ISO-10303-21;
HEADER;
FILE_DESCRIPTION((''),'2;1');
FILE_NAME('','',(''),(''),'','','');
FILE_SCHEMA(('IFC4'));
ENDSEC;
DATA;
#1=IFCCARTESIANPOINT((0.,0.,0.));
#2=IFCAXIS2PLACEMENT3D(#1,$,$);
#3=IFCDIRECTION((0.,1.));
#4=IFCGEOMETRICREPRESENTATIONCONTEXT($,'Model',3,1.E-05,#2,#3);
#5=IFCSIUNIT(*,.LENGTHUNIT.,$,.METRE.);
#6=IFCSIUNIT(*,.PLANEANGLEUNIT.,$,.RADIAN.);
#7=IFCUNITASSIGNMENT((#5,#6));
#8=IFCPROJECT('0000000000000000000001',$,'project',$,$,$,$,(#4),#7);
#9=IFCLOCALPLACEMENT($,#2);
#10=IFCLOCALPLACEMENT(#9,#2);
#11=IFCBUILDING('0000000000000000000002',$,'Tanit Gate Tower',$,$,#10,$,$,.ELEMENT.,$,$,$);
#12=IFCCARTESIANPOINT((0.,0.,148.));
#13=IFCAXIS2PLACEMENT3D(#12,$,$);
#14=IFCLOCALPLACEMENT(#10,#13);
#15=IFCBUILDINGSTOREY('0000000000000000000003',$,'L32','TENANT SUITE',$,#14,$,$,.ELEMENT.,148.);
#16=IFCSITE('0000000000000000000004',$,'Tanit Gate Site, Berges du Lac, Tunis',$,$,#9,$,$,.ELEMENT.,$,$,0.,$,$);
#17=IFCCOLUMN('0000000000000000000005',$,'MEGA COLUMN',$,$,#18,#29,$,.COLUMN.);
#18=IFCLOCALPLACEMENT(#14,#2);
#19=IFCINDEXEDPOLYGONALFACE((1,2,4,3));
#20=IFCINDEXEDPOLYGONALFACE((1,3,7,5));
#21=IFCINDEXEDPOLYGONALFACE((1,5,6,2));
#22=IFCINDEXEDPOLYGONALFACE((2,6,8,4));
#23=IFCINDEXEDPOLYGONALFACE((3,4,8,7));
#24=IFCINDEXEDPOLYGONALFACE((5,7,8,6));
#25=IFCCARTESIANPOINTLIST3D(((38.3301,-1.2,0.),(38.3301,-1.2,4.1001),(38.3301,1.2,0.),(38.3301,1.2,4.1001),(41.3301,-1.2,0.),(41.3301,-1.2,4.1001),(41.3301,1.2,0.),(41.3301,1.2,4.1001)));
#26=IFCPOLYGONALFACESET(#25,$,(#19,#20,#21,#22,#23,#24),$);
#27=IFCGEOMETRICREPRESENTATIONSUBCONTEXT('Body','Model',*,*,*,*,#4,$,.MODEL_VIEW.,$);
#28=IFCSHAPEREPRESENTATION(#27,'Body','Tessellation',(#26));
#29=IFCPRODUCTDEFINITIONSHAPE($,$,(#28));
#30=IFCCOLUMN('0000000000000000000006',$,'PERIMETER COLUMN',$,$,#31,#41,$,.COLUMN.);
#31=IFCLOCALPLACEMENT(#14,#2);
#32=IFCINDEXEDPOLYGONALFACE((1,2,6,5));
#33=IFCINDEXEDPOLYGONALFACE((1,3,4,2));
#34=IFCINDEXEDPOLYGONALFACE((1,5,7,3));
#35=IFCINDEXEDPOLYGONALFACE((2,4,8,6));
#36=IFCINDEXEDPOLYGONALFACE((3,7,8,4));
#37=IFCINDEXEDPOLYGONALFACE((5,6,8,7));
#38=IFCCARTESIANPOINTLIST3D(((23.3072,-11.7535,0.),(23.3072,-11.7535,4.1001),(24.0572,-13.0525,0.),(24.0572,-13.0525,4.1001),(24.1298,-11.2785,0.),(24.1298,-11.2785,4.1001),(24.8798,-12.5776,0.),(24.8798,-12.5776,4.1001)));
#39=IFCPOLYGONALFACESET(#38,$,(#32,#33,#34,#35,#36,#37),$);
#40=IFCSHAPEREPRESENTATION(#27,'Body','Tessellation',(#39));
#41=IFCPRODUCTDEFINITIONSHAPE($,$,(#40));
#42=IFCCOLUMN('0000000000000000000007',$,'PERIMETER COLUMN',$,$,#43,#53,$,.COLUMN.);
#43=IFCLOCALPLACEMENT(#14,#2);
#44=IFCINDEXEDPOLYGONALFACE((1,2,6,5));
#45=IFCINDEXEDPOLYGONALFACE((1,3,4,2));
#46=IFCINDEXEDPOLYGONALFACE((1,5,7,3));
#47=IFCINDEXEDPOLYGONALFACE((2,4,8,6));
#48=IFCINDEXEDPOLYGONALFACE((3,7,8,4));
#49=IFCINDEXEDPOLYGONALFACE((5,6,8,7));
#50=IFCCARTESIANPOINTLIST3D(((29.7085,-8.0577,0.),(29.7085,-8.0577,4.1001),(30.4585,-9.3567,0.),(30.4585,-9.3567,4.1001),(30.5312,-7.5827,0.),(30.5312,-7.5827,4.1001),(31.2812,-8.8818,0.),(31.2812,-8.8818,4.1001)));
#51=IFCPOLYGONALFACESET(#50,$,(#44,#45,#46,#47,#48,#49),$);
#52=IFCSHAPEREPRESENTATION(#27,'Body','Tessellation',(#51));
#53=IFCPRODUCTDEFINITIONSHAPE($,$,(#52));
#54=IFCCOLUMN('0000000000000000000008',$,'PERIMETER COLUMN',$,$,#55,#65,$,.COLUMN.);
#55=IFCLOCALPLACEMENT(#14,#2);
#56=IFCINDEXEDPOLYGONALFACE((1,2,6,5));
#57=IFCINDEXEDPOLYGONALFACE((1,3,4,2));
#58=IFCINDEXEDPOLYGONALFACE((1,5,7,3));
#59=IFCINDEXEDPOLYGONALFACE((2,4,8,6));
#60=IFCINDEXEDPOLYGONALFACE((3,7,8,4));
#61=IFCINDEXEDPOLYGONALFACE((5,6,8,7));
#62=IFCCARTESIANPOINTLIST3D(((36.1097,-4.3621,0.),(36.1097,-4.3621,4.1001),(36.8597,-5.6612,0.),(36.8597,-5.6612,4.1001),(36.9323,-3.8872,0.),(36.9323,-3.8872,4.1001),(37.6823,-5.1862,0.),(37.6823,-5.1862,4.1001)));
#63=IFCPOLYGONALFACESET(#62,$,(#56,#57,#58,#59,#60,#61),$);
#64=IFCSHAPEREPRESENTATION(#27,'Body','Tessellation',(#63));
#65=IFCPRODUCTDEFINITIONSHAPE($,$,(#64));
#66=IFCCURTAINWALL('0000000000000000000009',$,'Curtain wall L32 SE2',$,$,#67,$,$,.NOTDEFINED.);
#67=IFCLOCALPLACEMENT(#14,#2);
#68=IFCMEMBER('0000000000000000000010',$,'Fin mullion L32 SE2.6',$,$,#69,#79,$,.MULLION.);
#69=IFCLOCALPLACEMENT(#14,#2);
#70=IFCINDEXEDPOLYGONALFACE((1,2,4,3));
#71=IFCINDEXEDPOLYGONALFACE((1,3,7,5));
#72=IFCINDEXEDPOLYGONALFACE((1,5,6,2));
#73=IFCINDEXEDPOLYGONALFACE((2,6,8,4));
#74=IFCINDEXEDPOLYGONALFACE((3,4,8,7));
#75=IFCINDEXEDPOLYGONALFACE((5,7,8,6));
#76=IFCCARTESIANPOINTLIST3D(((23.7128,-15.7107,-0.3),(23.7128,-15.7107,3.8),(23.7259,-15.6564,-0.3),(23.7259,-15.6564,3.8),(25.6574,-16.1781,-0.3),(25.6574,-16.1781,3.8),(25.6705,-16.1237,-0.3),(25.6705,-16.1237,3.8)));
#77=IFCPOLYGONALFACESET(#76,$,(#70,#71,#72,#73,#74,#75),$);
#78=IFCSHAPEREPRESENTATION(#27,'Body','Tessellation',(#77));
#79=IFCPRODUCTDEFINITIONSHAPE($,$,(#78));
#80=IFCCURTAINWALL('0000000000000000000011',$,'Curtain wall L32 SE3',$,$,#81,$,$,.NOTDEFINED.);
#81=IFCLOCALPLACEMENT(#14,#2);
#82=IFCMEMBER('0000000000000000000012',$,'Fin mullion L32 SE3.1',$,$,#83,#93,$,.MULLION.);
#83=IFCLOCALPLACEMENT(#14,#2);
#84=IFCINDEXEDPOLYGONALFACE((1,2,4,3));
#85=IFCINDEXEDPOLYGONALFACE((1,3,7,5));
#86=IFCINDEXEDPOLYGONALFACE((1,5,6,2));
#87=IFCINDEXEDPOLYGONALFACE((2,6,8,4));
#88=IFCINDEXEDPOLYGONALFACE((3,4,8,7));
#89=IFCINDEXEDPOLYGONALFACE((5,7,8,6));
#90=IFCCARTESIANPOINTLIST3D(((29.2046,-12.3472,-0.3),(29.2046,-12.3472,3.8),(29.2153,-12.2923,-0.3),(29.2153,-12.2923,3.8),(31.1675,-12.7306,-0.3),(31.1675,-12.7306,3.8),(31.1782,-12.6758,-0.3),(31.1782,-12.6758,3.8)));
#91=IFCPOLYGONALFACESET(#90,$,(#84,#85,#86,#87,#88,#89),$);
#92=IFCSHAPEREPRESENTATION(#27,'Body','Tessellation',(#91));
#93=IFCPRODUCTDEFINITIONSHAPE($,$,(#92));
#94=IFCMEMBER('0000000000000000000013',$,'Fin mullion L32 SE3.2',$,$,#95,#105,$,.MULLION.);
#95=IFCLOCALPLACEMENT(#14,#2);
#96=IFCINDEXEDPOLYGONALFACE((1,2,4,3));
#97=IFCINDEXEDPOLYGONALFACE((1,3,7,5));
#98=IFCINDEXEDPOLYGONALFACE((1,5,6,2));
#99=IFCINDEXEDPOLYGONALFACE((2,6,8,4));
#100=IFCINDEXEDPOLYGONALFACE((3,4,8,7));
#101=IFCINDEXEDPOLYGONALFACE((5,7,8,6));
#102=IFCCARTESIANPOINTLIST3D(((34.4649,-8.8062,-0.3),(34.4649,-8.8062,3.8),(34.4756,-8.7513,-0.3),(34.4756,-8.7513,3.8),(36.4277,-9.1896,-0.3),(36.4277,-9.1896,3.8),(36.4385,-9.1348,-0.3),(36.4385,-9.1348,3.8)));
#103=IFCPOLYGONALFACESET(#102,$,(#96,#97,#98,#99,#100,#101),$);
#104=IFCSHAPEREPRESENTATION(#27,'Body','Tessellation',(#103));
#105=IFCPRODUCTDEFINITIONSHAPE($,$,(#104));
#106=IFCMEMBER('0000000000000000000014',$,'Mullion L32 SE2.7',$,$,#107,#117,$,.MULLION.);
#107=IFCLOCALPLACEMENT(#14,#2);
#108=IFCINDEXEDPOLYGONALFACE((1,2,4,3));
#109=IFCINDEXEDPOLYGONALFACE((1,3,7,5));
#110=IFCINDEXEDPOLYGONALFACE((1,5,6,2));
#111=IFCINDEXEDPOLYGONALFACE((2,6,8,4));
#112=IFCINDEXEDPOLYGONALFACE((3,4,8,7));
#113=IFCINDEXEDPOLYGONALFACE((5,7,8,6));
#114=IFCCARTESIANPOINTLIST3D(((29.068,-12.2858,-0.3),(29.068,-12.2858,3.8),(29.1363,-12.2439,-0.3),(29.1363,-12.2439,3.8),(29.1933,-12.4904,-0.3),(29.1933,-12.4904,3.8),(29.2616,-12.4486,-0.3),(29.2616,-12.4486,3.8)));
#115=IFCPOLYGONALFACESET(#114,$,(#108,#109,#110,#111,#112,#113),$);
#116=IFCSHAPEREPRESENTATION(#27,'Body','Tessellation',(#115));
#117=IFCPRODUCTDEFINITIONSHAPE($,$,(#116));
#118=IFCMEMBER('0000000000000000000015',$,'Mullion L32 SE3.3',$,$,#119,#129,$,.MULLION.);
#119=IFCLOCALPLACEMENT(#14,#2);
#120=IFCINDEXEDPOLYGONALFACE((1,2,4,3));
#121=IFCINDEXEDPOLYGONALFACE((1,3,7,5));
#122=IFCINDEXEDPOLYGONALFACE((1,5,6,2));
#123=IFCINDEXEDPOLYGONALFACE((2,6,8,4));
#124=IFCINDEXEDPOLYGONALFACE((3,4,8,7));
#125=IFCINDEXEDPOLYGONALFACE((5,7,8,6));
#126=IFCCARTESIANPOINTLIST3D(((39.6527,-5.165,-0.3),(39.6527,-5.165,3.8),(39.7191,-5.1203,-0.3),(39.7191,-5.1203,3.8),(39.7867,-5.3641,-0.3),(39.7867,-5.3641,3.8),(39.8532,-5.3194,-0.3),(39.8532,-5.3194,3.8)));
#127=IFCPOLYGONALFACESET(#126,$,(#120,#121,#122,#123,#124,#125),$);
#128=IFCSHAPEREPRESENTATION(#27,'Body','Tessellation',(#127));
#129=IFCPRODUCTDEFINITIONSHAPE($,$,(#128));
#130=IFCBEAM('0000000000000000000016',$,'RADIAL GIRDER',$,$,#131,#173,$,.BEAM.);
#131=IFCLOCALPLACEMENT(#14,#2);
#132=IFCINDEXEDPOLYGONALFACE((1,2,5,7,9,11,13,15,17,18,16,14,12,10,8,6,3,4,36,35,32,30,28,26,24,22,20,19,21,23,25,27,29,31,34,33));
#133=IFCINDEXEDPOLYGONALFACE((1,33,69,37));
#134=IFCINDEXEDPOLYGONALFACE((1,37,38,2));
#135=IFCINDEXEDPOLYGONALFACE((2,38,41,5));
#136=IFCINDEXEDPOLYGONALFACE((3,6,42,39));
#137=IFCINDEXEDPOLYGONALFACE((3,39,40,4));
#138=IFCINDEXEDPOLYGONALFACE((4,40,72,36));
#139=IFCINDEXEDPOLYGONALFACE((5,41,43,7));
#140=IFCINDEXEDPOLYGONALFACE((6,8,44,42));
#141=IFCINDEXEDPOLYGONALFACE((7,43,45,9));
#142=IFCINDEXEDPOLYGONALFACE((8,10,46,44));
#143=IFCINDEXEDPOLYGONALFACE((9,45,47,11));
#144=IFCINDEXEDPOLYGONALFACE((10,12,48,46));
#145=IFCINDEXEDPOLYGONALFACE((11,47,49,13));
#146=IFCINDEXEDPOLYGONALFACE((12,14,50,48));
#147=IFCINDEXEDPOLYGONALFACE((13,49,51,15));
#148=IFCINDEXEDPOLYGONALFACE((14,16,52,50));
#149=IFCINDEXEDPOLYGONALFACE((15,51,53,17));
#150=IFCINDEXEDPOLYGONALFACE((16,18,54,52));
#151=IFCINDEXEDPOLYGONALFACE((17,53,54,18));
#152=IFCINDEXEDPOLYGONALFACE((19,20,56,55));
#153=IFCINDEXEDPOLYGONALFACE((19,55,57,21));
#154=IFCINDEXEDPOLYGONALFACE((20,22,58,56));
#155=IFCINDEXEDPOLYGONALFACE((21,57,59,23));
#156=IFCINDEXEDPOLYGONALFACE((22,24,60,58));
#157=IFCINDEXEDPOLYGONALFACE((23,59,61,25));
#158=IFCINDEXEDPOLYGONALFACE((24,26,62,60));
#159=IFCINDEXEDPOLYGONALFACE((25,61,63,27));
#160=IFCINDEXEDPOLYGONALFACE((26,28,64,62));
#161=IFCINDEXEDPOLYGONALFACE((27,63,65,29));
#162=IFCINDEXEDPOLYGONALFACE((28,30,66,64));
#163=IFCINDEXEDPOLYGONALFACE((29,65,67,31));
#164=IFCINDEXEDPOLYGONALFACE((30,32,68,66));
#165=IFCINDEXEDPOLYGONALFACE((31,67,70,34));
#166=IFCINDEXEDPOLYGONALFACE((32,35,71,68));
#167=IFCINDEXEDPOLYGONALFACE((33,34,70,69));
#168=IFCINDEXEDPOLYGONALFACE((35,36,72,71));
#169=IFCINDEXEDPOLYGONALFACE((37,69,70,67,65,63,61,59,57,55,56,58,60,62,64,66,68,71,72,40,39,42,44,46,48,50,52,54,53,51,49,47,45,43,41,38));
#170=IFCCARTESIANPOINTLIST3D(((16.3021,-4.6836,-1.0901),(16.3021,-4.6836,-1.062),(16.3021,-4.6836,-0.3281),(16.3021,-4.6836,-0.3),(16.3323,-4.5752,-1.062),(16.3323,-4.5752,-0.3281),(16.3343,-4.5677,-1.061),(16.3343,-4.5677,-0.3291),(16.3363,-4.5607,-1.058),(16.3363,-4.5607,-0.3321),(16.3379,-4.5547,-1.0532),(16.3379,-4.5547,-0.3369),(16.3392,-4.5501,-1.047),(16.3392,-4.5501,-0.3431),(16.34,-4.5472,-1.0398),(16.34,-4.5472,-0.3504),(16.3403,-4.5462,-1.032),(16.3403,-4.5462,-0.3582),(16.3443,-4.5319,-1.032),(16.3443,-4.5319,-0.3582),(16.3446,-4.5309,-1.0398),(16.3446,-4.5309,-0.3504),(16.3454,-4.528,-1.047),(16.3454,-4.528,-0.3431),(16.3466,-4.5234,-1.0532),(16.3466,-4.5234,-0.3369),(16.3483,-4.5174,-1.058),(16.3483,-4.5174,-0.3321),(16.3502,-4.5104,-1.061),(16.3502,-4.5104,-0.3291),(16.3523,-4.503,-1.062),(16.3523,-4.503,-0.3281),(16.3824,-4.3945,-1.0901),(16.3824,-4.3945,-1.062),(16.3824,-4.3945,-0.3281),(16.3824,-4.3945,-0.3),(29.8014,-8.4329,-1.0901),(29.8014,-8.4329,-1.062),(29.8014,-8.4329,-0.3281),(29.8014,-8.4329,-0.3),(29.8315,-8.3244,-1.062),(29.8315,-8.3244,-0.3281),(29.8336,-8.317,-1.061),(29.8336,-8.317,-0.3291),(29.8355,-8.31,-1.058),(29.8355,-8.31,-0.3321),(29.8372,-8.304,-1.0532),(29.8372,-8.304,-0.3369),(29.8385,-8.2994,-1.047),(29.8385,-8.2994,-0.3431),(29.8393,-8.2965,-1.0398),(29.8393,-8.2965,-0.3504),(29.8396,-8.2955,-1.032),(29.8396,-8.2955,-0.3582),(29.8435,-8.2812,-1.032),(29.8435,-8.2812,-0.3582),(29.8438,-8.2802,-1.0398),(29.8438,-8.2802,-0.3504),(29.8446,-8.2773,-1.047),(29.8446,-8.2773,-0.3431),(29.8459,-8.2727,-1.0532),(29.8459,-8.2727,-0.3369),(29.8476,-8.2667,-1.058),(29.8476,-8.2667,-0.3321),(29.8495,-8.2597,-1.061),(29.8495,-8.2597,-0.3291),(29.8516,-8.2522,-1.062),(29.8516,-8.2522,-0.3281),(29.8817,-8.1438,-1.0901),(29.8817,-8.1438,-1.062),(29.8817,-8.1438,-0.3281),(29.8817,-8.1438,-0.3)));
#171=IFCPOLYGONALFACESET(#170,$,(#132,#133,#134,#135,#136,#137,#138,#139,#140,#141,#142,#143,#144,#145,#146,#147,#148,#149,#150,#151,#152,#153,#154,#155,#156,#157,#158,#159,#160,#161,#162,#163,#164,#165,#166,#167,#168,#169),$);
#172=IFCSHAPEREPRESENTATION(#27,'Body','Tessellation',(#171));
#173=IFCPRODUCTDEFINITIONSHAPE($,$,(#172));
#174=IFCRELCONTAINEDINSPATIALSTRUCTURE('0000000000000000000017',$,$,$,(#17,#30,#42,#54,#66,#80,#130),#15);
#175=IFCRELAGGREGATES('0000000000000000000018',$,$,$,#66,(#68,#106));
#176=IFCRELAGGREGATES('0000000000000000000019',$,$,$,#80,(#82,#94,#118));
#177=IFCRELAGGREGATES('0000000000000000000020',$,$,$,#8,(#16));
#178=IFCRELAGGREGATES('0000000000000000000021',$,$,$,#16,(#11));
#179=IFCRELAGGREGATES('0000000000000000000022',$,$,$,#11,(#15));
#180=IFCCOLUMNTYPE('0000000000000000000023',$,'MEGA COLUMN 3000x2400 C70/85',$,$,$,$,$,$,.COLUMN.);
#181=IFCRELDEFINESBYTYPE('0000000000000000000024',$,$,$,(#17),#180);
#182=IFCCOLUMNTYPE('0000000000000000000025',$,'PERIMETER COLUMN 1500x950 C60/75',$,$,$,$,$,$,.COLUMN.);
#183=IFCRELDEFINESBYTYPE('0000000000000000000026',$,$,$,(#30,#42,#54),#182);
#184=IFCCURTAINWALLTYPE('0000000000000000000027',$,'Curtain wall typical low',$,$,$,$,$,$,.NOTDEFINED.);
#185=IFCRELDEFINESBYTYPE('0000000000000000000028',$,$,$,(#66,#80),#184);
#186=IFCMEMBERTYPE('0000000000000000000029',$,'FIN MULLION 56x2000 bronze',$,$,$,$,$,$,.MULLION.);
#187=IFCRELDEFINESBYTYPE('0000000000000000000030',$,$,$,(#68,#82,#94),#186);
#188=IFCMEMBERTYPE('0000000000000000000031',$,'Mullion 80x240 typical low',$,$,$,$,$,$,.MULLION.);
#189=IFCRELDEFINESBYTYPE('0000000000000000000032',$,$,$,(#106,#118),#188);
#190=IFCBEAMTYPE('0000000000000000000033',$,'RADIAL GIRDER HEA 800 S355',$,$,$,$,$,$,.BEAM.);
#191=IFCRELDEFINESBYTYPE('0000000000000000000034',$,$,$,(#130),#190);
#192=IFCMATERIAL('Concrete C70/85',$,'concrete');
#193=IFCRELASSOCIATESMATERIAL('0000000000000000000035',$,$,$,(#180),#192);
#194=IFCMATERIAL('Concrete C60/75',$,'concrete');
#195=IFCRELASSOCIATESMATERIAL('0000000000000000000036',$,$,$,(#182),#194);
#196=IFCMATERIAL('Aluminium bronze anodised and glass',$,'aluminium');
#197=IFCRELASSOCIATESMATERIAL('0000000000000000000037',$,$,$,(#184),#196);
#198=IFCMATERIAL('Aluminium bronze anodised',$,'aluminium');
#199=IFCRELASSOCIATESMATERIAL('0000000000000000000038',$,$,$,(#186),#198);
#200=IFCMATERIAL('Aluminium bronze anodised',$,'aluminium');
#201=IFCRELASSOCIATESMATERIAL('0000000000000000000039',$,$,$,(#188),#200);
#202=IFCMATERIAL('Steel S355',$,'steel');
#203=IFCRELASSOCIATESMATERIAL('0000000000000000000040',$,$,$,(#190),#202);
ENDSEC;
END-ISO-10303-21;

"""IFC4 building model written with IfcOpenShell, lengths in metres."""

from ifc_helpers import new_model, si_unit, direction, frame, origin, origin_2d, place, context, subcontext, project, spatial, rectangle, i_section, extrude, material, material_profile, profile_set, type_object, element, aggregate, save


model = new_model("IFC4")

# Units and contexts
model_context = context("Model", 3, precision=1e-05, world=origin(), true_north=direction((0.0, 1.0)))
body_context = subcontext(model_context, "Body", "Model", "MODEL_VIEW")
ifc_project = project(units=[si_unit("LENGTHUNIT", "METRE"), si_unit("PLANEANGLEUNIT", "RADIAN")], contexts=[model_context])

# Site, building, storey
site_placement = place(None, origin())
site = spatial("IfcSite", under=ifc_project, at=site_placement, Name="Tanit Gate Site, Berges du Lac, Tunis", CompositionType="ELEMENT", RefElevation=0.0)
building_placement = place(site_placement, origin())
building = spatial("IfcBuilding", under=site, at=building_placement, Name="Tanit Gate Tower", CompositionType="ELEMENT")
storey_placement = place(building_placement, frame((0.0, 0.0, 148.0)))
storey = spatial("IfcBuildingStorey", under=building, at=storey_placement, Name="L32", Description="TENANT SUITE", CompositionType="ELEMENT", Elevation=148.0)

# Columns
ifc_material_1 = material(Name="Concrete C70/85", Category="concrete")
ifc_material_profile_1 = material_profile(ifc_material_1, rectangle(XDim=3.0, YDim=2.3999, at=origin_2d()), Name="RC 3000x2400")
ifc_profile_set_1 = profile_set([ifc_material_profile_1], Name="Concrete C70/85")
column_type_1 = type_object("IfcColumnType", Name="MEGA COLUMN 3000x2400 C70/85", PredefinedType="COLUMN", material=ifc_profile_set_1)
column_placement = place(storey_placement, frame((39.8301, 0.0, 0.0), z_axis=(0.0, 0.0, 1.0), x_axis=(1.0, 0.0, 0.0)))
element("IfcColumn", 1, at=column_placement, inside=storey, type_object=column_type_1, Name="MEGA COLUMN", PredefinedType="COLUMN", context=body_context, shape_type="SweptSolid", body=[
    extrude(rectangle(XDim=3.0, YDim=2.3999, at=origin_2d()), origin(), (0.0, 0.0, 1.0), 4.1001),
])
ifc_material_2 = material(Name="Concrete C60/75", Category="concrete")
ifc_material_profile_2 = material_profile(ifc_material_2, rectangle(XDim=1.5, YDim=0.95, at=origin_2d()), Name="RC 1500x950")
ifc_profile_set_2 = profile_set([ifc_material_profile_2], Name="Concrete C60/75")
column_type_2 = type_object("IfcColumnType", Name="PERIMETER COLUMN 1500x950 C60/75", PredefinedType="COLUMN", material=ifc_profile_set_2)
for number, where, z_axis, x_axis, name in (
    (2, (24.0935, -12.1655, 0.0), (0.0, 0.0, 1.0), (0.5, -0.866025, 0.0), "PERIMETER COLUMN"),
    (3, (30.4949, -8.4697, 0.0), (0.0, 0.0, 1.0), (0.5, -0.866025, 0.0), "PERIMETER COLUMN"),
    (4, (36.896, -4.7742, 0.0), (0.0, 0.0, 1.0), (0.5, -0.866025, 0.0), "PERIMETER COLUMN"),
):
    element("IfcColumn", number, at=place(storey_placement, frame(where, z_axis=z_axis, x_axis=x_axis)), inside=storey, type_object=column_type_2, Name=name, PredefinedType="COLUMN", context=body_context, shape_type="SweptSolid", body=[
        extrude(rectangle(XDim=1.5, YDim=0.95, at=origin_2d()), origin(), (0.0, 0.0, 1.0), 4.1001),
    ])

# Curtain wall, member
ifc_material_3 = material(Name="Aluminium bronze anodised and glass", Category="aluminium")
curtain_wall_type = type_object("IfcCurtainWallType", Name="Curtain wall typical low", PredefinedType="NOTDEFINED", material=ifc_material_3)
curtain_wall_1_placement = place(storey_placement, origin())
curtain_wall_1 = element("IfcCurtainWall", 5, at=curtain_wall_1_placement, inside=storey, type_object=curtain_wall_type, Name="Curtain wall L32 SE2", PredefinedType="NOTDEFINED")
ifc_material_4 = material(Name="Aluminium bronze anodised", Category="aluminium")
ifc_material_profile_3 = material_profile(ifc_material_4, rectangle(XDim=2.0, YDim=0.0559, at=origin_2d()), Name="56x2000 bronze fin mullion")
ifc_profile_set_3 = profile_set([ifc_material_profile_3], Name="Aluminium bronze anodised")
member_type_1 = type_object("IfcMemberType", Name="FIN MULLION 56x2000 bronze", PredefinedType="MULLION", material=ifc_profile_set_3)
member_1_placement = place(storey_placement, frame((24.6917, -15.9172, -0.3), z_axis=(0.0, 0.0, 1.0), x_axis=(-0.972311, 0.233691, 0.0)))
member_1 = element("IfcMember", 6, at=member_1_placement, type_object=member_type_1, Name="Fin mullion L32 SE2.6", PredefinedType="MULLION", context=body_context, shape_type="SweptSolid", body=[
    extrude(rectangle(XDim=2.0, YDim=0.0559, at=origin_2d()), origin(), (0.0, 0.0, 1.0), 4.1001),
])

# Curtain wall, members
curtain_wall_2_placement = place(storey_placement, origin())
curtain_wall_2 = element("IfcCurtainWall", 7, at=curtain_wall_2_placement, inside=storey, type_object=curtain_wall_type, Name="Curtain wall L32 SE3", PredefinedType="NOTDEFINED")
member_2_placement = place(storey_placement, frame((30.1914, -12.5115, -0.3), z_axis=(0.0, 0.0, 1.0), x_axis=(-0.981446, 0.191739, 0.0)))
member_2 = element("IfcMember", 8, at=member_2_placement, type_object=member_type_1, Name="Fin mullion L32 SE3.1", PredefinedType="MULLION", context=body_context, shape_type="SweptSolid", body=[
    extrude(rectangle(XDim=2.0, YDim=0.0559, at=origin_2d()), origin(), (0.0, 0.0, 1.0), 4.1001),
])
member_3_placement = place(storey_placement, frame((35.4517, -8.9705, -0.3), z_axis=(0.0, 0.0, 1.0), x_axis=(-0.981446, 0.191739, 0.0)))
member_3 = element("IfcMember", 9, at=member_3_placement, type_object=member_type_1, Name="Fin mullion L32 SE3.2", PredefinedType="MULLION", context=body_context, shape_type="SweptSolid", body=[
    extrude(rectangle(XDim=2.0, YDim=0.0559, at=origin_2d()), origin(), (0.0, 0.0, 1.0), 4.1001),
])

# Members
ifc_material_5 = material(Name="Aluminium bronze anodised", Category="aluminium")
ifc_material_profile_4 = material_profile(ifc_material_5, rectangle(XDim=0.24, YDim=0.0801, at=origin_2d()), Name="80x240 bronze mullion")
ifc_profile_set_4 = profile_set([ifc_material_profile_4], Name="Aluminium bronze anodised")
member_type_2 = type_object("IfcMemberType", Name="Mullion 80x240 typical low", PredefinedType="MULLION", material=ifc_profile_set_4)
member_4_placement = place(storey_placement, frame((29.1648, -12.3672, -0.3), z_axis=(0.0, 0.0, 1.0), x_axis=(-0.522283, 0.852772, 0.0)))
member_4 = element("IfcMember", 10, at=member_4_placement, type_object=member_type_2, Name="Mullion L32 SE2.7", PredefinedType="MULLION", context=body_context, shape_type="SweptSolid", body=[
    extrude(rectangle(XDim=0.24, YDim=0.0801, at=origin_2d()), origin(), (0.0, 0.0, 1.0), 4.1001),
])
member_5_placement = place(storey_placement, frame((39.7529, -5.2422, -0.3), z_axis=(0.0, 0.0, 1.0), x_axis=(-0.558408, 0.829567, 0.0)))
member_5 = element("IfcMember", 11, at=member_5_placement, type_object=member_type_2, Name="Mullion L32 SE3.3", PredefinedType="MULLION", context=body_context, shape_type="SweptSolid", body=[
    extrude(rectangle(XDim=0.24, YDim=0.0801, at=origin_2d()), origin(), (0.0, 0.0, 1.0), 4.1001),
])

# Beam
ifc_material_6 = material(Name="Steel S355", Category="steel")
ifc_material_profile_5 = material_profile(ifc_material_6, i_section(OverallWidth=0.3, OverallDepth=0.79, WebThickness=0.0149, FlangeThickness=0.0281, FilletRadius=0.03, at=origin_2d()), Name="HEA 800")
ifc_profile_set_5 = profile_set([ifc_material_profile_5], Name="Steel S355")
beam_type_1 = type_object("IfcBeamType", Name="RADIAL GIRDER HEA 800 S355", PredefinedType="BEAM", material=ifc_profile_set_5)
beam_1_placement = place(storey_placement, frame((29.8416, -8.2883, -0.6951), z_axis=(-0.963528, 0.267609, 0.0), x_axis=(-0.267609, -0.963528, 0.0)))
element("IfcBeam", 12, at=beam_1_placement, inside=storey, type_object=beam_type_1, Name="RADIAL GIRDER", PredefinedType="BEAM", context=body_context, shape_type="SweptSolid", body=[
    extrude(i_section(OverallWidth=0.3, OverallDepth=0.79, WebThickness=0.0149, FlangeThickness=0.0281, FilletRadius=0.03, at=origin_2d()), origin(), (0.0, 0.0, 1.0), 14.0103),
])

aggregate(curtain_wall_1, [member_1, member_4])
aggregate(curtain_wall_2, [member_2, member_3, member_5])

save(model, "model.ifc")
